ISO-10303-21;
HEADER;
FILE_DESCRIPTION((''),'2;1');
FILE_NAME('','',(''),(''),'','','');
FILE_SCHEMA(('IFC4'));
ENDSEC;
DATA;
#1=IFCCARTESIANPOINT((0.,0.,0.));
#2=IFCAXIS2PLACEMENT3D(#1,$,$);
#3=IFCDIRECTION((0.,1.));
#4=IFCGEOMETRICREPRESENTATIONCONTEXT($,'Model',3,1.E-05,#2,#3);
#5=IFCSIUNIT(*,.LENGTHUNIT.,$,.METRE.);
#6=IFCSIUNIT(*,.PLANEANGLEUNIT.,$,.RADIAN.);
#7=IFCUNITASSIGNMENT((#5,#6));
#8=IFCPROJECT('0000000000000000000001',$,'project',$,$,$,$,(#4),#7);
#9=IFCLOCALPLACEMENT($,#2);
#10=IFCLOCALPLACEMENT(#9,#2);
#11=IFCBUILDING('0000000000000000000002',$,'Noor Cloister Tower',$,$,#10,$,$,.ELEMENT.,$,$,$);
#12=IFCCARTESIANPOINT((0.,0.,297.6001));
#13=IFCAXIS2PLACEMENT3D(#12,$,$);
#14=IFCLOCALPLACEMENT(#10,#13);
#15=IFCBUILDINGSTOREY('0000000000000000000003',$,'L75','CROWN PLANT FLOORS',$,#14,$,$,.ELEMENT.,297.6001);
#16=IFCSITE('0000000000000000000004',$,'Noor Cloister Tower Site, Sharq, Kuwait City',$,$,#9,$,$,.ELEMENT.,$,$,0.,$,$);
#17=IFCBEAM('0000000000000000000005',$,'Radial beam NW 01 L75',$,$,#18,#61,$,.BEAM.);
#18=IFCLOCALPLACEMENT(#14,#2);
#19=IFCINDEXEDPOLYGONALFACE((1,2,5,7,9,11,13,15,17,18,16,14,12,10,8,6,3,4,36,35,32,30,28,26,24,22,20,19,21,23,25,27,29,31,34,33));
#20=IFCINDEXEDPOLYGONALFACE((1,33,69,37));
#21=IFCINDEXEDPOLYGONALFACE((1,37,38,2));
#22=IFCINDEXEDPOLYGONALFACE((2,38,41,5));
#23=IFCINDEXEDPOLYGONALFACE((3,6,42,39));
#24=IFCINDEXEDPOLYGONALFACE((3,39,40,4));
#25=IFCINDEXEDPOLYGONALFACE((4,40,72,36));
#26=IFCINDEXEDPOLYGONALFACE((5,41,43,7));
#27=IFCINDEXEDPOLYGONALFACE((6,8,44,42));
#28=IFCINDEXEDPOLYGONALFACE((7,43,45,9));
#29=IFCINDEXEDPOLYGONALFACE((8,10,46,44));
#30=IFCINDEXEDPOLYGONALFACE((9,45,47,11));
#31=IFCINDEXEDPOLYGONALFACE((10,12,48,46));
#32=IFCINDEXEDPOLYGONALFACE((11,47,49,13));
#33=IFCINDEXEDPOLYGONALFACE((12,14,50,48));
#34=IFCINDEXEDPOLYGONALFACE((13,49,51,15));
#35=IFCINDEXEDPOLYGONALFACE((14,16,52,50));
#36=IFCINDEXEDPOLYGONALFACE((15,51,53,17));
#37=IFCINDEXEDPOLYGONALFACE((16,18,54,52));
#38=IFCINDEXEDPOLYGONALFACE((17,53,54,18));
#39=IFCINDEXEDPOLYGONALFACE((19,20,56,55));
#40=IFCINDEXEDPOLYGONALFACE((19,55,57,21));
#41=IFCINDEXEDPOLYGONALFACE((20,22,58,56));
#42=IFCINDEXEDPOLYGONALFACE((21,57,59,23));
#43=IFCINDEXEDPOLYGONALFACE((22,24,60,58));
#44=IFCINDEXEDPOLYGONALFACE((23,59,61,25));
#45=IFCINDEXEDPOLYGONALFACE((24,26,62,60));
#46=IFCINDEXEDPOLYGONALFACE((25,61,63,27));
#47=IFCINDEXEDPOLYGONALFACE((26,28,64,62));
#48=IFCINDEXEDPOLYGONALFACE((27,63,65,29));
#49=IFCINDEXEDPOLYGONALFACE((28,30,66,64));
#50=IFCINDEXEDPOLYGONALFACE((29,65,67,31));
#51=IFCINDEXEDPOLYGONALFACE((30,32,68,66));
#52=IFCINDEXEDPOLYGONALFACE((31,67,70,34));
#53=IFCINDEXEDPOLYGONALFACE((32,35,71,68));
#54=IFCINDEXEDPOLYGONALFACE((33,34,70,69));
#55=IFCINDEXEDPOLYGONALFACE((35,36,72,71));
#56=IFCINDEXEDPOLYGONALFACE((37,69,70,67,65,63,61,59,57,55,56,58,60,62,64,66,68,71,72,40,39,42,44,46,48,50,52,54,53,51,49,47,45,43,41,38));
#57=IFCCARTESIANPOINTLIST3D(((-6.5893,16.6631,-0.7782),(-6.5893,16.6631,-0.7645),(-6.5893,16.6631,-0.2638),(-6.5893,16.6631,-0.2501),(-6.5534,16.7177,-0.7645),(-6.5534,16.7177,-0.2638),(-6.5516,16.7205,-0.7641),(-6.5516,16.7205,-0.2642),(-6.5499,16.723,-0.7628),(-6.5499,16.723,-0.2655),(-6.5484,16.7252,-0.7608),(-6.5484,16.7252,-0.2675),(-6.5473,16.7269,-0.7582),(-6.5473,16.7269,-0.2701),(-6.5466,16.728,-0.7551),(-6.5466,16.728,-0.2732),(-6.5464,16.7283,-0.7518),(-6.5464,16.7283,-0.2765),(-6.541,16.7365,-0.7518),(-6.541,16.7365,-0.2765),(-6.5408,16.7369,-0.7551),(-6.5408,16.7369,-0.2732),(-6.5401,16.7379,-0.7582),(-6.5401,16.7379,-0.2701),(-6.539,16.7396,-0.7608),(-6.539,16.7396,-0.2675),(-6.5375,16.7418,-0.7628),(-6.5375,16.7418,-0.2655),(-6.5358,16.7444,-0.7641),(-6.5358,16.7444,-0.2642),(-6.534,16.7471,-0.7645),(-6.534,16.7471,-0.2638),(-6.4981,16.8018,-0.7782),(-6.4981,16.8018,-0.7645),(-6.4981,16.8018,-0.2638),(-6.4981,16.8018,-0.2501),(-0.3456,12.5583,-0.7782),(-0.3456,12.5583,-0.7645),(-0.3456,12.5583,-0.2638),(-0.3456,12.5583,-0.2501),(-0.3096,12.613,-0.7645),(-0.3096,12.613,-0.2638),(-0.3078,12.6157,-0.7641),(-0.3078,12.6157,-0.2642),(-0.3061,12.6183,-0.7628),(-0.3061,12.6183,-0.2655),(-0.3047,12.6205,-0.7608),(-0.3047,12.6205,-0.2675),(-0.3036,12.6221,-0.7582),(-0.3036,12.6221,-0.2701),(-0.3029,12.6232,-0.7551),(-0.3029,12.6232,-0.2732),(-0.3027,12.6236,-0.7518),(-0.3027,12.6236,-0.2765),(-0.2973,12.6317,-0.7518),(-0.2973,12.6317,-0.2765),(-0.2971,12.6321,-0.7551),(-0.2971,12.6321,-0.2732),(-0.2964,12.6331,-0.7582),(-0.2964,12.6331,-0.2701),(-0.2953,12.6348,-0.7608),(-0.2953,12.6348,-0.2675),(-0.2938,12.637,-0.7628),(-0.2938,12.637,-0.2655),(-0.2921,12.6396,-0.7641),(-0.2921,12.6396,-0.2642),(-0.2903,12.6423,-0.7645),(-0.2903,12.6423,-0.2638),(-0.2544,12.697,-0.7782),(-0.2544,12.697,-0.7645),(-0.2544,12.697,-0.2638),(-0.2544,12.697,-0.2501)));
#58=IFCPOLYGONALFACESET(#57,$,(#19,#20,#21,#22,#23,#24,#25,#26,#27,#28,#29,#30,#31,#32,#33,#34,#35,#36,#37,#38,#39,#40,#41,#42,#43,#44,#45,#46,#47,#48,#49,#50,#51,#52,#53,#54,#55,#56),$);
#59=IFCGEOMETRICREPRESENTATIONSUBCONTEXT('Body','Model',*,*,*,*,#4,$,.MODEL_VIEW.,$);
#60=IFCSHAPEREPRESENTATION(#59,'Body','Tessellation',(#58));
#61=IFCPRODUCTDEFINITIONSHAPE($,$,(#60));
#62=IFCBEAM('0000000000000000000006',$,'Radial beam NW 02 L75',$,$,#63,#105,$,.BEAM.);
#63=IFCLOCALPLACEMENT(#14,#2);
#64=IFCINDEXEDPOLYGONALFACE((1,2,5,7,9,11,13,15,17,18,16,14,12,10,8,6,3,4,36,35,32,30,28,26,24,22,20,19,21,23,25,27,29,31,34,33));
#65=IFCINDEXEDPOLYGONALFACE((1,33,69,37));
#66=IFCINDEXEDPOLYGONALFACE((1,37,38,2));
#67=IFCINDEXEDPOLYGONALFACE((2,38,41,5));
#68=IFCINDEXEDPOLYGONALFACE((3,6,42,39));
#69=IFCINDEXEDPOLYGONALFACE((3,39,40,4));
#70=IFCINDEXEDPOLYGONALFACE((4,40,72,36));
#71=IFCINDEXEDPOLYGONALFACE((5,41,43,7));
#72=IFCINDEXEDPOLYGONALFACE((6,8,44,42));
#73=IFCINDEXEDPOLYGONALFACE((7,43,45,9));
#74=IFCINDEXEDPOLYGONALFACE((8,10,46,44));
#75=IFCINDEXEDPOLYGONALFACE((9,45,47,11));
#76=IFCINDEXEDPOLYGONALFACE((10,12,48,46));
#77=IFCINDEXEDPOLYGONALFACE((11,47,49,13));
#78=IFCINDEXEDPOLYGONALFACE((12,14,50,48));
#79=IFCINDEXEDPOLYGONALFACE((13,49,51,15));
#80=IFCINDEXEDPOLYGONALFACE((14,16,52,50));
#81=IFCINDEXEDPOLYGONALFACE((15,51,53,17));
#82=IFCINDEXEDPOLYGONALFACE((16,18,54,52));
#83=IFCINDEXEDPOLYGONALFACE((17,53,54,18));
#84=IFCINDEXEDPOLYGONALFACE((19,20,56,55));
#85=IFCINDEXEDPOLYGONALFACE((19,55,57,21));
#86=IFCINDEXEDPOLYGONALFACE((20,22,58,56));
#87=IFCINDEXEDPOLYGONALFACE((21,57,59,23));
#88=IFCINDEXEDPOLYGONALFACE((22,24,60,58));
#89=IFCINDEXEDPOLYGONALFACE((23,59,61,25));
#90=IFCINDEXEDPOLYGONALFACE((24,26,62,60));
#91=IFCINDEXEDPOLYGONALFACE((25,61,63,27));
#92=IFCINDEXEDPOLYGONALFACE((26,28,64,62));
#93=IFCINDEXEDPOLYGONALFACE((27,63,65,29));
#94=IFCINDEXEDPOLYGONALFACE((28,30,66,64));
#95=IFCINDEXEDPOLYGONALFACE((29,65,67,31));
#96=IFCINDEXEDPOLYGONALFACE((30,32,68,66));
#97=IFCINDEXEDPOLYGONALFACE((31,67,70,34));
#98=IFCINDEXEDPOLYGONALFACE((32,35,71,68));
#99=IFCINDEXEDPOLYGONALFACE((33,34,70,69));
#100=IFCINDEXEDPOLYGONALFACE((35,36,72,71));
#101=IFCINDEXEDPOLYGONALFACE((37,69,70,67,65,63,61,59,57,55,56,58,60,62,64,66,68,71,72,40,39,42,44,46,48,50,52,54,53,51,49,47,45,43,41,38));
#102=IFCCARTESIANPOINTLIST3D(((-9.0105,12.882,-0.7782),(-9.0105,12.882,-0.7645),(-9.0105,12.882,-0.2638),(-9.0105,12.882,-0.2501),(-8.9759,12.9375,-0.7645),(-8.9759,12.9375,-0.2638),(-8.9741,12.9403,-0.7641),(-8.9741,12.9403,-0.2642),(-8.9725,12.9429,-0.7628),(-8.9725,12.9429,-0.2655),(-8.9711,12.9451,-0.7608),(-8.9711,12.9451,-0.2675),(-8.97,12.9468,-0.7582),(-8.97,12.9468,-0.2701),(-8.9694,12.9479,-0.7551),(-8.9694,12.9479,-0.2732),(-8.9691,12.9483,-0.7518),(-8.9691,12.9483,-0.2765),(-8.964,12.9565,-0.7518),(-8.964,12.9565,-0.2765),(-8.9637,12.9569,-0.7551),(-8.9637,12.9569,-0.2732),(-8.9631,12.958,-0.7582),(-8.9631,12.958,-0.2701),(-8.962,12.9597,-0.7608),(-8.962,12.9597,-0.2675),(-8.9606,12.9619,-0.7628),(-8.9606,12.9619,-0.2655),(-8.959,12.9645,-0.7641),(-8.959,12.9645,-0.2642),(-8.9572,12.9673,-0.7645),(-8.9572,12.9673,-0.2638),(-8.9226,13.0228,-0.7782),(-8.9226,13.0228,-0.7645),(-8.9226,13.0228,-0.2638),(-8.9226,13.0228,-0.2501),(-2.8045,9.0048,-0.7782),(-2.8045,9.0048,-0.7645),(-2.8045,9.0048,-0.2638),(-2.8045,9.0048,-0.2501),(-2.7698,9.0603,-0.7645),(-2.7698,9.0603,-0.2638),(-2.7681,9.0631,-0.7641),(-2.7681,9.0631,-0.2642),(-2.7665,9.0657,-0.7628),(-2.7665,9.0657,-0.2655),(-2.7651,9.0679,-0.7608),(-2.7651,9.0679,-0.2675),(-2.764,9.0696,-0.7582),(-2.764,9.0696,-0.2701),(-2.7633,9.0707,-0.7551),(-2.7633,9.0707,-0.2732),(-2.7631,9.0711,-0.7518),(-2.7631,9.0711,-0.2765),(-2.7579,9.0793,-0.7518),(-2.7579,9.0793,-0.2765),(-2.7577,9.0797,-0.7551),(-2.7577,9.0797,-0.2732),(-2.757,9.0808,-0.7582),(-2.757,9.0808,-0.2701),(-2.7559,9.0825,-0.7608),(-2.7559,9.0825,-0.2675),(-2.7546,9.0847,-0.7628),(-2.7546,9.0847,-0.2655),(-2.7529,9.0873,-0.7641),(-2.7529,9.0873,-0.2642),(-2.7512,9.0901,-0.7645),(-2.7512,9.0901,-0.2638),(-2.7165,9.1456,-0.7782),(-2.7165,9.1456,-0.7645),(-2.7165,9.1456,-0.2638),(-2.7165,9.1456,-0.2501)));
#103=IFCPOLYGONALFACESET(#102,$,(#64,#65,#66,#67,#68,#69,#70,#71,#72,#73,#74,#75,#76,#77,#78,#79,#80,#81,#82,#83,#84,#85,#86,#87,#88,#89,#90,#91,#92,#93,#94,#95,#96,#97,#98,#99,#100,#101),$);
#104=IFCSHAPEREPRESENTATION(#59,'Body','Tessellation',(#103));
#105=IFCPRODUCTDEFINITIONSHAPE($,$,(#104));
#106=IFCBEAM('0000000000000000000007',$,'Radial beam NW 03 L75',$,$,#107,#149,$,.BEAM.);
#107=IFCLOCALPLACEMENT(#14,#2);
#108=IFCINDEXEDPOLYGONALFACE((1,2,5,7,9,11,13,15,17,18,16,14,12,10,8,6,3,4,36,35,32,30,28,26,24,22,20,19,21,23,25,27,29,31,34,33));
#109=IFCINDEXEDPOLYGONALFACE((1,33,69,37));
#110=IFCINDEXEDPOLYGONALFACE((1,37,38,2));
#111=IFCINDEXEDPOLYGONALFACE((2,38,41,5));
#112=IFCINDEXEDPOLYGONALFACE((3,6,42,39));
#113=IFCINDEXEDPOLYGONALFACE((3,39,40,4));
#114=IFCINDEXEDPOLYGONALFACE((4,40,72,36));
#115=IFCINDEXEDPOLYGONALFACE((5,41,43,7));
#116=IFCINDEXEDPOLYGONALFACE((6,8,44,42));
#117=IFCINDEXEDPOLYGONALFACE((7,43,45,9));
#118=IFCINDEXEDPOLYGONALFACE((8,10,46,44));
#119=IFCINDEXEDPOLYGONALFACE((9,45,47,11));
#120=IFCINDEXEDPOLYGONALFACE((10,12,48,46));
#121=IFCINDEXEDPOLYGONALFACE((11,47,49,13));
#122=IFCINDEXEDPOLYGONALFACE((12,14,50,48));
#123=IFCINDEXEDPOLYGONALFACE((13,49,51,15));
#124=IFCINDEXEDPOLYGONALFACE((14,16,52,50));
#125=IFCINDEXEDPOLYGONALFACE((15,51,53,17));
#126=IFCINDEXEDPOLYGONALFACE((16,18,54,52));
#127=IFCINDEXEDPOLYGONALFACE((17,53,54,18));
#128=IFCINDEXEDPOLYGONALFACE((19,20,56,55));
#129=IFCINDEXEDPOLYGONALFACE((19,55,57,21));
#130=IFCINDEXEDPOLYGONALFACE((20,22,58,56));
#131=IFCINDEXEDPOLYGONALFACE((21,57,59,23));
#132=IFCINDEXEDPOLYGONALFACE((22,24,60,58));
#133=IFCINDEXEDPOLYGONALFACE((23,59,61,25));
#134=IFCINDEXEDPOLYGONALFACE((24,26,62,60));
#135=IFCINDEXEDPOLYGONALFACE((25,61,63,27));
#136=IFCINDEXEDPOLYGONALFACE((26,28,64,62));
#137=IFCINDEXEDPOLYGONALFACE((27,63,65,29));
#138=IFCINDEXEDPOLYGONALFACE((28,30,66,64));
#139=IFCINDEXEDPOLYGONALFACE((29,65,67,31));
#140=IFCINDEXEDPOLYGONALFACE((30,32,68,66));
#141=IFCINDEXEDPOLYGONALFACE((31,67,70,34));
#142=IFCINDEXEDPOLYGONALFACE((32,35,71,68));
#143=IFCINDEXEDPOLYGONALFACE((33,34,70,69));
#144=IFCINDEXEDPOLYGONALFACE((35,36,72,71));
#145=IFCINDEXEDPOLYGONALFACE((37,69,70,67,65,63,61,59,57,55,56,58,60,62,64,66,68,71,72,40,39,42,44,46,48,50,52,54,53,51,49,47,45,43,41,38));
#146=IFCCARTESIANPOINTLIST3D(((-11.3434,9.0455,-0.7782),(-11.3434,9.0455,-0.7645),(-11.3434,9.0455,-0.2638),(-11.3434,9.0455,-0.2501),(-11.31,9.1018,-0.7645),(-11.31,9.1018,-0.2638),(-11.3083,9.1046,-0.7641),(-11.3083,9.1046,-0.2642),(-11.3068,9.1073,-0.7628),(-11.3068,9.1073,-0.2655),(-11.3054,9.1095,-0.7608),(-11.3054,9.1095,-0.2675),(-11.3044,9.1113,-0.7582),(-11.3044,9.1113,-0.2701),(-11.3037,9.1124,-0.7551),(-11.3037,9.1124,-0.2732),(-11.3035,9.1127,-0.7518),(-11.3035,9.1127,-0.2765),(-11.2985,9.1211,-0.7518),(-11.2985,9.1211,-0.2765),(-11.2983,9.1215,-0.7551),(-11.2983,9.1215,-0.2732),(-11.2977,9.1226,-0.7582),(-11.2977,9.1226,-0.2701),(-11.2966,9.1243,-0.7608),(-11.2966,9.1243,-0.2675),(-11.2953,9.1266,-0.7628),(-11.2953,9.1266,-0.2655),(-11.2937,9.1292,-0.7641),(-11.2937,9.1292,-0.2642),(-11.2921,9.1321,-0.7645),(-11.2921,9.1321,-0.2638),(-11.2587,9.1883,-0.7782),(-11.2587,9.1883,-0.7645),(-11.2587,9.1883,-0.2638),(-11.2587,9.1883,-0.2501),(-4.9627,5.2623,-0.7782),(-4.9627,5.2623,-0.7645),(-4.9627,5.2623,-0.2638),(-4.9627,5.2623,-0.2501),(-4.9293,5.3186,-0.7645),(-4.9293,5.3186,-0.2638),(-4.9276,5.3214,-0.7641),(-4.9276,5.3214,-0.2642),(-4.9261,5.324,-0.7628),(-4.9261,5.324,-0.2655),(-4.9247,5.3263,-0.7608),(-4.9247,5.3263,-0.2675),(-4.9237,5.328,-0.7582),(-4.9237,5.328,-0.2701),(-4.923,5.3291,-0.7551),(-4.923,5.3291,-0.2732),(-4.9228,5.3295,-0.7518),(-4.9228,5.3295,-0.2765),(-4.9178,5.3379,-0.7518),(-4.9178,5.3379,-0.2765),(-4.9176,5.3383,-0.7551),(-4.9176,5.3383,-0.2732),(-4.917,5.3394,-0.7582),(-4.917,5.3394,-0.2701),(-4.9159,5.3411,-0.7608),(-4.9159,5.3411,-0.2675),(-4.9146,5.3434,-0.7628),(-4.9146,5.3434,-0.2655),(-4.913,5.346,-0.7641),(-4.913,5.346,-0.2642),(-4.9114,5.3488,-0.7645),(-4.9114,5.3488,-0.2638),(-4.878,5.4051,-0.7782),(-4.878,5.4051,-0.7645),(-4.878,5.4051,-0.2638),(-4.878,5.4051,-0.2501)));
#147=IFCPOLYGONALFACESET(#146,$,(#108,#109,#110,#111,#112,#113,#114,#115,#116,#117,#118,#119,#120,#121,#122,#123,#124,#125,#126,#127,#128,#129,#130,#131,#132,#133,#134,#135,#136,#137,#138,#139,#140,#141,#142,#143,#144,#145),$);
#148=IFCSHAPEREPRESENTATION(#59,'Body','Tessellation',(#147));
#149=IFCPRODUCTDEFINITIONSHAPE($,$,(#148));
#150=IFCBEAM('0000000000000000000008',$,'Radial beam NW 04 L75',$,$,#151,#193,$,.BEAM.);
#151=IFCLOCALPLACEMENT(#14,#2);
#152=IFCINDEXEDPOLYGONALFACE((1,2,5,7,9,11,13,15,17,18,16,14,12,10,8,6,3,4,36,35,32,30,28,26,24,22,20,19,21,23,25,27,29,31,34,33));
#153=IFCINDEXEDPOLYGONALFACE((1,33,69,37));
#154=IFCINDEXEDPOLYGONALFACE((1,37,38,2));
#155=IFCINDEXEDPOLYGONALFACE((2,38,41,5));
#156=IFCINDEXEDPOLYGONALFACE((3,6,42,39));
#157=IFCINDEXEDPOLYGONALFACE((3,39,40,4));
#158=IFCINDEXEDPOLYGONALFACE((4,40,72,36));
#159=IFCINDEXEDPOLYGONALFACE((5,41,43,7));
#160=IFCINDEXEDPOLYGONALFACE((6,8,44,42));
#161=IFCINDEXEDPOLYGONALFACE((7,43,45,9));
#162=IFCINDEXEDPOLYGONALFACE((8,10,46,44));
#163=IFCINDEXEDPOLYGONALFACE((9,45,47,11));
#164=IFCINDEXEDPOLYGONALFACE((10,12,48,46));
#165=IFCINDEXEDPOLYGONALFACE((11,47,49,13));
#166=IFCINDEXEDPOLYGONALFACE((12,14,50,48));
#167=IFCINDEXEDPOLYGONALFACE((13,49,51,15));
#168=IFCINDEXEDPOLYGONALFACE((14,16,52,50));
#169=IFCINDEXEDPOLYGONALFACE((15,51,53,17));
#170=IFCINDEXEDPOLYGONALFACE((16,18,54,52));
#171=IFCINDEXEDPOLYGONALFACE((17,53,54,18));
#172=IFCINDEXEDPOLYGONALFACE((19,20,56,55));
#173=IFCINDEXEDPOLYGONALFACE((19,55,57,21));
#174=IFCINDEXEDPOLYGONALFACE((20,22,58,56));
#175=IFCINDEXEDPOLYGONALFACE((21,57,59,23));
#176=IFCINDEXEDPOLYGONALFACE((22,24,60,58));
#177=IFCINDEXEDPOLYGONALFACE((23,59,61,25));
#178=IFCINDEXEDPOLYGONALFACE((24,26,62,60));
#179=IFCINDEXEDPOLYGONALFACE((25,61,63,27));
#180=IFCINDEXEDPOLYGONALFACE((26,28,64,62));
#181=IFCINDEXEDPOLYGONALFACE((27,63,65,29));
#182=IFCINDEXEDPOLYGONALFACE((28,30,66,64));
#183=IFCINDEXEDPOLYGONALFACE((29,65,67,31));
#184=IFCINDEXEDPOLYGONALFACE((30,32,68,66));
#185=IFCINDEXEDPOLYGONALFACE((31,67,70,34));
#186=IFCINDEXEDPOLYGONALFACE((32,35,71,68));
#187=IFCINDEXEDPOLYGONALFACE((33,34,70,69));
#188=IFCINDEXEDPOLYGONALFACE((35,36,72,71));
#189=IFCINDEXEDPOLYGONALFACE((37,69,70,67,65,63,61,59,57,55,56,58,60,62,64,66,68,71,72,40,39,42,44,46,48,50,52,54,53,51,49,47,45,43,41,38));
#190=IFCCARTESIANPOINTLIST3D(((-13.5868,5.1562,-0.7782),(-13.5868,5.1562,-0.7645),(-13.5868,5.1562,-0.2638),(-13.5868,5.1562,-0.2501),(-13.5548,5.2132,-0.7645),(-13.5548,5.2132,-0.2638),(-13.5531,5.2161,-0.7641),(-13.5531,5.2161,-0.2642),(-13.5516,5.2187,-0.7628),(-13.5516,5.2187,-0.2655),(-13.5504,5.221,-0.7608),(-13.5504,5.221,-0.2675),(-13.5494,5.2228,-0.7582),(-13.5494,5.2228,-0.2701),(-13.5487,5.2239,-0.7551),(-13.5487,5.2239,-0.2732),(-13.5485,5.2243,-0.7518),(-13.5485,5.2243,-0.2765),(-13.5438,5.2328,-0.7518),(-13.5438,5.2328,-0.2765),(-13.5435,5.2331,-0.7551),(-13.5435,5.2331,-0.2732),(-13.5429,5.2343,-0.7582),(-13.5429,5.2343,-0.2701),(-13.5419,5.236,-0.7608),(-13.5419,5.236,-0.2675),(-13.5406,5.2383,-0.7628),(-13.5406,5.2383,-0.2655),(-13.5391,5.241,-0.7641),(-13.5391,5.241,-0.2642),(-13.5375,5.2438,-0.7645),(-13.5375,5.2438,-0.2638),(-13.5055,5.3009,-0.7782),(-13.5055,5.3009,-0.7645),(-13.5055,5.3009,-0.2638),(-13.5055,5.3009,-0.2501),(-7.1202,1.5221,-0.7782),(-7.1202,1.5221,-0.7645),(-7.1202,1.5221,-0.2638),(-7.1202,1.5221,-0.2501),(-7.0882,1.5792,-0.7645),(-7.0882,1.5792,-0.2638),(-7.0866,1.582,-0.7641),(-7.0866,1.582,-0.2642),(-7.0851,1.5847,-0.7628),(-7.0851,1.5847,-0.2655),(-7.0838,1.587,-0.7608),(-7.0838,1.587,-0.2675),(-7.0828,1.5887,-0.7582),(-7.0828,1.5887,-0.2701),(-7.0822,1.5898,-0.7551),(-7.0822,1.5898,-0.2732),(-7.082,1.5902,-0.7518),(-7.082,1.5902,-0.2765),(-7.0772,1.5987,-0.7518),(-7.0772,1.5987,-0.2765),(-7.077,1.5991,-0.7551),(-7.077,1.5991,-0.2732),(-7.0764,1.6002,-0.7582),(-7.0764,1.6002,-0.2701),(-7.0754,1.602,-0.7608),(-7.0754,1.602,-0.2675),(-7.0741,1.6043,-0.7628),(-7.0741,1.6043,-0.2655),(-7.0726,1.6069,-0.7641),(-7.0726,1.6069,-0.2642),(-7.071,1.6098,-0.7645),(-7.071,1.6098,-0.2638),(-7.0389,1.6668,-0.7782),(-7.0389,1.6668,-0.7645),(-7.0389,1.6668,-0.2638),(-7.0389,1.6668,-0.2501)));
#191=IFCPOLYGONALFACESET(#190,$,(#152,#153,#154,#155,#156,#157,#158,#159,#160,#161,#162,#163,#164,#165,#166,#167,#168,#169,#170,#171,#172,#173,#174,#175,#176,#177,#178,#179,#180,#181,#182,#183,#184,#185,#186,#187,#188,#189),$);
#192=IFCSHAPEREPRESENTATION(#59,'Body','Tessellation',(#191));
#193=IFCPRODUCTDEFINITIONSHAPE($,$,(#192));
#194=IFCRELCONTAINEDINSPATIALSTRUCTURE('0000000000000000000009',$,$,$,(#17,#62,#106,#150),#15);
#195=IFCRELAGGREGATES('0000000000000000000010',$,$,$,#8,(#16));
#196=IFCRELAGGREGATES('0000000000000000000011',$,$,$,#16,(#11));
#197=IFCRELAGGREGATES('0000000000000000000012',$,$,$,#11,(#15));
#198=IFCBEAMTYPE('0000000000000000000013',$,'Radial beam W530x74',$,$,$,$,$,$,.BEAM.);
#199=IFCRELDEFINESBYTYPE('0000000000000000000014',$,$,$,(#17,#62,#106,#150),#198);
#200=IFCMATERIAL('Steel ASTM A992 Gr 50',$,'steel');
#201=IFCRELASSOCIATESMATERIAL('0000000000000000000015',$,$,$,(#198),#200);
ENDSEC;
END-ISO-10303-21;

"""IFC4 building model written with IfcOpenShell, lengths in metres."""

from ifc_helpers import new_model, si_unit, direction, frame, origin, origin_2d, place, context, subcontext, project, spatial, i_section, extrude, material, material_profile, profile_set, type_object, element, save


model = new_model("IFC4")

# Units and contexts
model_context = context("Model", 3, precision=1e-05, world=origin(), true_north=direction((0.0, 1.0)))
body_context = subcontext(model_context, "Body", "Model", "MODEL_VIEW")
ifc_project = project(units=[si_unit("LENGTHUNIT", "METRE"), si_unit("PLANEANGLEUNIT", "RADIAN")], contexts=[model_context])

# Site, building, storey
site_placement = place(None, origin())
site = spatial("IfcSite", under=ifc_project, at=site_placement, Name="Noor Cloister Tower Site, Sharq, Kuwait City", CompositionType="ELEMENT", RefElevation=0.0)
building_placement = place(site_placement, origin())
building = spatial("IfcBuilding", under=site, at=building_placement, Name="Noor Cloister Tower", CompositionType="ELEMENT")
storey_placement = place(building_placement, frame((0.0, 0.0, 297.6001)))
storey = spatial("IfcBuildingStorey", under=building, at=storey_placement, Name="L75", Description="CROWN PLANT FLOORS", CompositionType="ELEMENT", Elevation=297.6001)

# Beams
ifc_material_1 = material(Name="Steel ASTM A992 Gr 50", Category="steel")
ifc_material_profile_1 = material_profile(ifc_material_1, i_section(OverallWidth=0.166, OverallDepth=0.5281, WebThickness=0.0098, FlangeThickness=0.0137, FilletRadius=0.0127, at=origin_2d()), Name="W530x74")
ifc_profile_set_1 = profile_set([ifc_material_profile_1], Name="Steel ASTM A992 Gr 50")
beam_type_1 = type_object("IfcBeamType", Name="Radial beam W530x74", PredefinedType="BEAM", material=ifc_profile_set_1)
beam_1_placement = place(storey_placement, frame((-6.5437, 16.7324, -0.5142), z_axis=(0.835597, -0.549343, 0.0), x_axis=(0.549343, 0.835597, 0.0)))
element("IfcBeam", 1, at=beam_1_placement, inside=storey, type_object=beam_type_1, Name="Radial beam NW 01 L75", PredefinedType="BEAM", context=body_context, shape_type="SweptSolid", body=[
    extrude(i_section(OverallWidth=0.166, OverallDepth=0.5281, WebThickness=0.0098, FlangeThickness=0.0137, FilletRadius=0.0127, at=origin_2d()), origin(), (0.0, 0.0, 1.0), 7.4722),
])
beam_2_placement = place(storey_placement, frame((-8.9666, 12.9524, -0.5142), z_axis=(0.848096, -0.529843, 0.0), x_axis=(0.529843, 0.848096, 0.0)))
element("IfcBeam", 2, at=beam_2_placement, inside=storey, type_object=beam_type_1, Name="Radial beam NW 02 L75", PredefinedType="BEAM", context=body_context, shape_type="SweptSolid", body=[
    extrude(i_section(OverallWidth=0.166, OverallDepth=0.5281, WebThickness=0.0098, FlangeThickness=0.0137, FilletRadius=0.0127, at=origin_2d()), origin(), (0.0, 0.0, 1.0), 7.3176),
])
beam_3_placement = place(storey_placement, frame((-11.301, 9.1169, -0.5142), z_axis=(0.860167, -0.510012, 0.0), x_axis=(0.510012, 0.860167, 0.0)))
element("IfcBeam", 3, at=beam_3_placement, inside=storey, type_object=beam_type_1, Name="Radial beam NW 03 L75", PredefinedType="BEAM", context=body_context, shape_type="SweptSolid", body=[
    extrude(i_section(OverallWidth=0.166, OverallDepth=0.5281, WebThickness=0.0098, FlangeThickness=0.0137, FilletRadius=0.0127, at=origin_2d()), origin(), (0.0, 0.0, 1.0), 7.418),
])
beam_4_placement = place(storey_placement, frame((-13.5461, 5.2285, -0.5142), z_axis=(0.871771, -0.489913, 0.0), x_axis=(0.489913, 0.871771, 0.0)))
element("IfcBeam", 4, at=beam_4_placement, inside=storey, type_object=beam_type_1, Name="Radial beam NW 04 L75", PredefinedType="BEAM", context=body_context, shape_type="SweptSolid", body=[
    extrude(i_section(OverallWidth=0.166, OverallDepth=0.5281, WebThickness=0.0098, FlangeThickness=0.0137, FilletRadius=0.0127, at=origin_2d()), origin(), (0.0, 0.0, 1.0), 7.4177),
])

save(model, "model.ifc")
